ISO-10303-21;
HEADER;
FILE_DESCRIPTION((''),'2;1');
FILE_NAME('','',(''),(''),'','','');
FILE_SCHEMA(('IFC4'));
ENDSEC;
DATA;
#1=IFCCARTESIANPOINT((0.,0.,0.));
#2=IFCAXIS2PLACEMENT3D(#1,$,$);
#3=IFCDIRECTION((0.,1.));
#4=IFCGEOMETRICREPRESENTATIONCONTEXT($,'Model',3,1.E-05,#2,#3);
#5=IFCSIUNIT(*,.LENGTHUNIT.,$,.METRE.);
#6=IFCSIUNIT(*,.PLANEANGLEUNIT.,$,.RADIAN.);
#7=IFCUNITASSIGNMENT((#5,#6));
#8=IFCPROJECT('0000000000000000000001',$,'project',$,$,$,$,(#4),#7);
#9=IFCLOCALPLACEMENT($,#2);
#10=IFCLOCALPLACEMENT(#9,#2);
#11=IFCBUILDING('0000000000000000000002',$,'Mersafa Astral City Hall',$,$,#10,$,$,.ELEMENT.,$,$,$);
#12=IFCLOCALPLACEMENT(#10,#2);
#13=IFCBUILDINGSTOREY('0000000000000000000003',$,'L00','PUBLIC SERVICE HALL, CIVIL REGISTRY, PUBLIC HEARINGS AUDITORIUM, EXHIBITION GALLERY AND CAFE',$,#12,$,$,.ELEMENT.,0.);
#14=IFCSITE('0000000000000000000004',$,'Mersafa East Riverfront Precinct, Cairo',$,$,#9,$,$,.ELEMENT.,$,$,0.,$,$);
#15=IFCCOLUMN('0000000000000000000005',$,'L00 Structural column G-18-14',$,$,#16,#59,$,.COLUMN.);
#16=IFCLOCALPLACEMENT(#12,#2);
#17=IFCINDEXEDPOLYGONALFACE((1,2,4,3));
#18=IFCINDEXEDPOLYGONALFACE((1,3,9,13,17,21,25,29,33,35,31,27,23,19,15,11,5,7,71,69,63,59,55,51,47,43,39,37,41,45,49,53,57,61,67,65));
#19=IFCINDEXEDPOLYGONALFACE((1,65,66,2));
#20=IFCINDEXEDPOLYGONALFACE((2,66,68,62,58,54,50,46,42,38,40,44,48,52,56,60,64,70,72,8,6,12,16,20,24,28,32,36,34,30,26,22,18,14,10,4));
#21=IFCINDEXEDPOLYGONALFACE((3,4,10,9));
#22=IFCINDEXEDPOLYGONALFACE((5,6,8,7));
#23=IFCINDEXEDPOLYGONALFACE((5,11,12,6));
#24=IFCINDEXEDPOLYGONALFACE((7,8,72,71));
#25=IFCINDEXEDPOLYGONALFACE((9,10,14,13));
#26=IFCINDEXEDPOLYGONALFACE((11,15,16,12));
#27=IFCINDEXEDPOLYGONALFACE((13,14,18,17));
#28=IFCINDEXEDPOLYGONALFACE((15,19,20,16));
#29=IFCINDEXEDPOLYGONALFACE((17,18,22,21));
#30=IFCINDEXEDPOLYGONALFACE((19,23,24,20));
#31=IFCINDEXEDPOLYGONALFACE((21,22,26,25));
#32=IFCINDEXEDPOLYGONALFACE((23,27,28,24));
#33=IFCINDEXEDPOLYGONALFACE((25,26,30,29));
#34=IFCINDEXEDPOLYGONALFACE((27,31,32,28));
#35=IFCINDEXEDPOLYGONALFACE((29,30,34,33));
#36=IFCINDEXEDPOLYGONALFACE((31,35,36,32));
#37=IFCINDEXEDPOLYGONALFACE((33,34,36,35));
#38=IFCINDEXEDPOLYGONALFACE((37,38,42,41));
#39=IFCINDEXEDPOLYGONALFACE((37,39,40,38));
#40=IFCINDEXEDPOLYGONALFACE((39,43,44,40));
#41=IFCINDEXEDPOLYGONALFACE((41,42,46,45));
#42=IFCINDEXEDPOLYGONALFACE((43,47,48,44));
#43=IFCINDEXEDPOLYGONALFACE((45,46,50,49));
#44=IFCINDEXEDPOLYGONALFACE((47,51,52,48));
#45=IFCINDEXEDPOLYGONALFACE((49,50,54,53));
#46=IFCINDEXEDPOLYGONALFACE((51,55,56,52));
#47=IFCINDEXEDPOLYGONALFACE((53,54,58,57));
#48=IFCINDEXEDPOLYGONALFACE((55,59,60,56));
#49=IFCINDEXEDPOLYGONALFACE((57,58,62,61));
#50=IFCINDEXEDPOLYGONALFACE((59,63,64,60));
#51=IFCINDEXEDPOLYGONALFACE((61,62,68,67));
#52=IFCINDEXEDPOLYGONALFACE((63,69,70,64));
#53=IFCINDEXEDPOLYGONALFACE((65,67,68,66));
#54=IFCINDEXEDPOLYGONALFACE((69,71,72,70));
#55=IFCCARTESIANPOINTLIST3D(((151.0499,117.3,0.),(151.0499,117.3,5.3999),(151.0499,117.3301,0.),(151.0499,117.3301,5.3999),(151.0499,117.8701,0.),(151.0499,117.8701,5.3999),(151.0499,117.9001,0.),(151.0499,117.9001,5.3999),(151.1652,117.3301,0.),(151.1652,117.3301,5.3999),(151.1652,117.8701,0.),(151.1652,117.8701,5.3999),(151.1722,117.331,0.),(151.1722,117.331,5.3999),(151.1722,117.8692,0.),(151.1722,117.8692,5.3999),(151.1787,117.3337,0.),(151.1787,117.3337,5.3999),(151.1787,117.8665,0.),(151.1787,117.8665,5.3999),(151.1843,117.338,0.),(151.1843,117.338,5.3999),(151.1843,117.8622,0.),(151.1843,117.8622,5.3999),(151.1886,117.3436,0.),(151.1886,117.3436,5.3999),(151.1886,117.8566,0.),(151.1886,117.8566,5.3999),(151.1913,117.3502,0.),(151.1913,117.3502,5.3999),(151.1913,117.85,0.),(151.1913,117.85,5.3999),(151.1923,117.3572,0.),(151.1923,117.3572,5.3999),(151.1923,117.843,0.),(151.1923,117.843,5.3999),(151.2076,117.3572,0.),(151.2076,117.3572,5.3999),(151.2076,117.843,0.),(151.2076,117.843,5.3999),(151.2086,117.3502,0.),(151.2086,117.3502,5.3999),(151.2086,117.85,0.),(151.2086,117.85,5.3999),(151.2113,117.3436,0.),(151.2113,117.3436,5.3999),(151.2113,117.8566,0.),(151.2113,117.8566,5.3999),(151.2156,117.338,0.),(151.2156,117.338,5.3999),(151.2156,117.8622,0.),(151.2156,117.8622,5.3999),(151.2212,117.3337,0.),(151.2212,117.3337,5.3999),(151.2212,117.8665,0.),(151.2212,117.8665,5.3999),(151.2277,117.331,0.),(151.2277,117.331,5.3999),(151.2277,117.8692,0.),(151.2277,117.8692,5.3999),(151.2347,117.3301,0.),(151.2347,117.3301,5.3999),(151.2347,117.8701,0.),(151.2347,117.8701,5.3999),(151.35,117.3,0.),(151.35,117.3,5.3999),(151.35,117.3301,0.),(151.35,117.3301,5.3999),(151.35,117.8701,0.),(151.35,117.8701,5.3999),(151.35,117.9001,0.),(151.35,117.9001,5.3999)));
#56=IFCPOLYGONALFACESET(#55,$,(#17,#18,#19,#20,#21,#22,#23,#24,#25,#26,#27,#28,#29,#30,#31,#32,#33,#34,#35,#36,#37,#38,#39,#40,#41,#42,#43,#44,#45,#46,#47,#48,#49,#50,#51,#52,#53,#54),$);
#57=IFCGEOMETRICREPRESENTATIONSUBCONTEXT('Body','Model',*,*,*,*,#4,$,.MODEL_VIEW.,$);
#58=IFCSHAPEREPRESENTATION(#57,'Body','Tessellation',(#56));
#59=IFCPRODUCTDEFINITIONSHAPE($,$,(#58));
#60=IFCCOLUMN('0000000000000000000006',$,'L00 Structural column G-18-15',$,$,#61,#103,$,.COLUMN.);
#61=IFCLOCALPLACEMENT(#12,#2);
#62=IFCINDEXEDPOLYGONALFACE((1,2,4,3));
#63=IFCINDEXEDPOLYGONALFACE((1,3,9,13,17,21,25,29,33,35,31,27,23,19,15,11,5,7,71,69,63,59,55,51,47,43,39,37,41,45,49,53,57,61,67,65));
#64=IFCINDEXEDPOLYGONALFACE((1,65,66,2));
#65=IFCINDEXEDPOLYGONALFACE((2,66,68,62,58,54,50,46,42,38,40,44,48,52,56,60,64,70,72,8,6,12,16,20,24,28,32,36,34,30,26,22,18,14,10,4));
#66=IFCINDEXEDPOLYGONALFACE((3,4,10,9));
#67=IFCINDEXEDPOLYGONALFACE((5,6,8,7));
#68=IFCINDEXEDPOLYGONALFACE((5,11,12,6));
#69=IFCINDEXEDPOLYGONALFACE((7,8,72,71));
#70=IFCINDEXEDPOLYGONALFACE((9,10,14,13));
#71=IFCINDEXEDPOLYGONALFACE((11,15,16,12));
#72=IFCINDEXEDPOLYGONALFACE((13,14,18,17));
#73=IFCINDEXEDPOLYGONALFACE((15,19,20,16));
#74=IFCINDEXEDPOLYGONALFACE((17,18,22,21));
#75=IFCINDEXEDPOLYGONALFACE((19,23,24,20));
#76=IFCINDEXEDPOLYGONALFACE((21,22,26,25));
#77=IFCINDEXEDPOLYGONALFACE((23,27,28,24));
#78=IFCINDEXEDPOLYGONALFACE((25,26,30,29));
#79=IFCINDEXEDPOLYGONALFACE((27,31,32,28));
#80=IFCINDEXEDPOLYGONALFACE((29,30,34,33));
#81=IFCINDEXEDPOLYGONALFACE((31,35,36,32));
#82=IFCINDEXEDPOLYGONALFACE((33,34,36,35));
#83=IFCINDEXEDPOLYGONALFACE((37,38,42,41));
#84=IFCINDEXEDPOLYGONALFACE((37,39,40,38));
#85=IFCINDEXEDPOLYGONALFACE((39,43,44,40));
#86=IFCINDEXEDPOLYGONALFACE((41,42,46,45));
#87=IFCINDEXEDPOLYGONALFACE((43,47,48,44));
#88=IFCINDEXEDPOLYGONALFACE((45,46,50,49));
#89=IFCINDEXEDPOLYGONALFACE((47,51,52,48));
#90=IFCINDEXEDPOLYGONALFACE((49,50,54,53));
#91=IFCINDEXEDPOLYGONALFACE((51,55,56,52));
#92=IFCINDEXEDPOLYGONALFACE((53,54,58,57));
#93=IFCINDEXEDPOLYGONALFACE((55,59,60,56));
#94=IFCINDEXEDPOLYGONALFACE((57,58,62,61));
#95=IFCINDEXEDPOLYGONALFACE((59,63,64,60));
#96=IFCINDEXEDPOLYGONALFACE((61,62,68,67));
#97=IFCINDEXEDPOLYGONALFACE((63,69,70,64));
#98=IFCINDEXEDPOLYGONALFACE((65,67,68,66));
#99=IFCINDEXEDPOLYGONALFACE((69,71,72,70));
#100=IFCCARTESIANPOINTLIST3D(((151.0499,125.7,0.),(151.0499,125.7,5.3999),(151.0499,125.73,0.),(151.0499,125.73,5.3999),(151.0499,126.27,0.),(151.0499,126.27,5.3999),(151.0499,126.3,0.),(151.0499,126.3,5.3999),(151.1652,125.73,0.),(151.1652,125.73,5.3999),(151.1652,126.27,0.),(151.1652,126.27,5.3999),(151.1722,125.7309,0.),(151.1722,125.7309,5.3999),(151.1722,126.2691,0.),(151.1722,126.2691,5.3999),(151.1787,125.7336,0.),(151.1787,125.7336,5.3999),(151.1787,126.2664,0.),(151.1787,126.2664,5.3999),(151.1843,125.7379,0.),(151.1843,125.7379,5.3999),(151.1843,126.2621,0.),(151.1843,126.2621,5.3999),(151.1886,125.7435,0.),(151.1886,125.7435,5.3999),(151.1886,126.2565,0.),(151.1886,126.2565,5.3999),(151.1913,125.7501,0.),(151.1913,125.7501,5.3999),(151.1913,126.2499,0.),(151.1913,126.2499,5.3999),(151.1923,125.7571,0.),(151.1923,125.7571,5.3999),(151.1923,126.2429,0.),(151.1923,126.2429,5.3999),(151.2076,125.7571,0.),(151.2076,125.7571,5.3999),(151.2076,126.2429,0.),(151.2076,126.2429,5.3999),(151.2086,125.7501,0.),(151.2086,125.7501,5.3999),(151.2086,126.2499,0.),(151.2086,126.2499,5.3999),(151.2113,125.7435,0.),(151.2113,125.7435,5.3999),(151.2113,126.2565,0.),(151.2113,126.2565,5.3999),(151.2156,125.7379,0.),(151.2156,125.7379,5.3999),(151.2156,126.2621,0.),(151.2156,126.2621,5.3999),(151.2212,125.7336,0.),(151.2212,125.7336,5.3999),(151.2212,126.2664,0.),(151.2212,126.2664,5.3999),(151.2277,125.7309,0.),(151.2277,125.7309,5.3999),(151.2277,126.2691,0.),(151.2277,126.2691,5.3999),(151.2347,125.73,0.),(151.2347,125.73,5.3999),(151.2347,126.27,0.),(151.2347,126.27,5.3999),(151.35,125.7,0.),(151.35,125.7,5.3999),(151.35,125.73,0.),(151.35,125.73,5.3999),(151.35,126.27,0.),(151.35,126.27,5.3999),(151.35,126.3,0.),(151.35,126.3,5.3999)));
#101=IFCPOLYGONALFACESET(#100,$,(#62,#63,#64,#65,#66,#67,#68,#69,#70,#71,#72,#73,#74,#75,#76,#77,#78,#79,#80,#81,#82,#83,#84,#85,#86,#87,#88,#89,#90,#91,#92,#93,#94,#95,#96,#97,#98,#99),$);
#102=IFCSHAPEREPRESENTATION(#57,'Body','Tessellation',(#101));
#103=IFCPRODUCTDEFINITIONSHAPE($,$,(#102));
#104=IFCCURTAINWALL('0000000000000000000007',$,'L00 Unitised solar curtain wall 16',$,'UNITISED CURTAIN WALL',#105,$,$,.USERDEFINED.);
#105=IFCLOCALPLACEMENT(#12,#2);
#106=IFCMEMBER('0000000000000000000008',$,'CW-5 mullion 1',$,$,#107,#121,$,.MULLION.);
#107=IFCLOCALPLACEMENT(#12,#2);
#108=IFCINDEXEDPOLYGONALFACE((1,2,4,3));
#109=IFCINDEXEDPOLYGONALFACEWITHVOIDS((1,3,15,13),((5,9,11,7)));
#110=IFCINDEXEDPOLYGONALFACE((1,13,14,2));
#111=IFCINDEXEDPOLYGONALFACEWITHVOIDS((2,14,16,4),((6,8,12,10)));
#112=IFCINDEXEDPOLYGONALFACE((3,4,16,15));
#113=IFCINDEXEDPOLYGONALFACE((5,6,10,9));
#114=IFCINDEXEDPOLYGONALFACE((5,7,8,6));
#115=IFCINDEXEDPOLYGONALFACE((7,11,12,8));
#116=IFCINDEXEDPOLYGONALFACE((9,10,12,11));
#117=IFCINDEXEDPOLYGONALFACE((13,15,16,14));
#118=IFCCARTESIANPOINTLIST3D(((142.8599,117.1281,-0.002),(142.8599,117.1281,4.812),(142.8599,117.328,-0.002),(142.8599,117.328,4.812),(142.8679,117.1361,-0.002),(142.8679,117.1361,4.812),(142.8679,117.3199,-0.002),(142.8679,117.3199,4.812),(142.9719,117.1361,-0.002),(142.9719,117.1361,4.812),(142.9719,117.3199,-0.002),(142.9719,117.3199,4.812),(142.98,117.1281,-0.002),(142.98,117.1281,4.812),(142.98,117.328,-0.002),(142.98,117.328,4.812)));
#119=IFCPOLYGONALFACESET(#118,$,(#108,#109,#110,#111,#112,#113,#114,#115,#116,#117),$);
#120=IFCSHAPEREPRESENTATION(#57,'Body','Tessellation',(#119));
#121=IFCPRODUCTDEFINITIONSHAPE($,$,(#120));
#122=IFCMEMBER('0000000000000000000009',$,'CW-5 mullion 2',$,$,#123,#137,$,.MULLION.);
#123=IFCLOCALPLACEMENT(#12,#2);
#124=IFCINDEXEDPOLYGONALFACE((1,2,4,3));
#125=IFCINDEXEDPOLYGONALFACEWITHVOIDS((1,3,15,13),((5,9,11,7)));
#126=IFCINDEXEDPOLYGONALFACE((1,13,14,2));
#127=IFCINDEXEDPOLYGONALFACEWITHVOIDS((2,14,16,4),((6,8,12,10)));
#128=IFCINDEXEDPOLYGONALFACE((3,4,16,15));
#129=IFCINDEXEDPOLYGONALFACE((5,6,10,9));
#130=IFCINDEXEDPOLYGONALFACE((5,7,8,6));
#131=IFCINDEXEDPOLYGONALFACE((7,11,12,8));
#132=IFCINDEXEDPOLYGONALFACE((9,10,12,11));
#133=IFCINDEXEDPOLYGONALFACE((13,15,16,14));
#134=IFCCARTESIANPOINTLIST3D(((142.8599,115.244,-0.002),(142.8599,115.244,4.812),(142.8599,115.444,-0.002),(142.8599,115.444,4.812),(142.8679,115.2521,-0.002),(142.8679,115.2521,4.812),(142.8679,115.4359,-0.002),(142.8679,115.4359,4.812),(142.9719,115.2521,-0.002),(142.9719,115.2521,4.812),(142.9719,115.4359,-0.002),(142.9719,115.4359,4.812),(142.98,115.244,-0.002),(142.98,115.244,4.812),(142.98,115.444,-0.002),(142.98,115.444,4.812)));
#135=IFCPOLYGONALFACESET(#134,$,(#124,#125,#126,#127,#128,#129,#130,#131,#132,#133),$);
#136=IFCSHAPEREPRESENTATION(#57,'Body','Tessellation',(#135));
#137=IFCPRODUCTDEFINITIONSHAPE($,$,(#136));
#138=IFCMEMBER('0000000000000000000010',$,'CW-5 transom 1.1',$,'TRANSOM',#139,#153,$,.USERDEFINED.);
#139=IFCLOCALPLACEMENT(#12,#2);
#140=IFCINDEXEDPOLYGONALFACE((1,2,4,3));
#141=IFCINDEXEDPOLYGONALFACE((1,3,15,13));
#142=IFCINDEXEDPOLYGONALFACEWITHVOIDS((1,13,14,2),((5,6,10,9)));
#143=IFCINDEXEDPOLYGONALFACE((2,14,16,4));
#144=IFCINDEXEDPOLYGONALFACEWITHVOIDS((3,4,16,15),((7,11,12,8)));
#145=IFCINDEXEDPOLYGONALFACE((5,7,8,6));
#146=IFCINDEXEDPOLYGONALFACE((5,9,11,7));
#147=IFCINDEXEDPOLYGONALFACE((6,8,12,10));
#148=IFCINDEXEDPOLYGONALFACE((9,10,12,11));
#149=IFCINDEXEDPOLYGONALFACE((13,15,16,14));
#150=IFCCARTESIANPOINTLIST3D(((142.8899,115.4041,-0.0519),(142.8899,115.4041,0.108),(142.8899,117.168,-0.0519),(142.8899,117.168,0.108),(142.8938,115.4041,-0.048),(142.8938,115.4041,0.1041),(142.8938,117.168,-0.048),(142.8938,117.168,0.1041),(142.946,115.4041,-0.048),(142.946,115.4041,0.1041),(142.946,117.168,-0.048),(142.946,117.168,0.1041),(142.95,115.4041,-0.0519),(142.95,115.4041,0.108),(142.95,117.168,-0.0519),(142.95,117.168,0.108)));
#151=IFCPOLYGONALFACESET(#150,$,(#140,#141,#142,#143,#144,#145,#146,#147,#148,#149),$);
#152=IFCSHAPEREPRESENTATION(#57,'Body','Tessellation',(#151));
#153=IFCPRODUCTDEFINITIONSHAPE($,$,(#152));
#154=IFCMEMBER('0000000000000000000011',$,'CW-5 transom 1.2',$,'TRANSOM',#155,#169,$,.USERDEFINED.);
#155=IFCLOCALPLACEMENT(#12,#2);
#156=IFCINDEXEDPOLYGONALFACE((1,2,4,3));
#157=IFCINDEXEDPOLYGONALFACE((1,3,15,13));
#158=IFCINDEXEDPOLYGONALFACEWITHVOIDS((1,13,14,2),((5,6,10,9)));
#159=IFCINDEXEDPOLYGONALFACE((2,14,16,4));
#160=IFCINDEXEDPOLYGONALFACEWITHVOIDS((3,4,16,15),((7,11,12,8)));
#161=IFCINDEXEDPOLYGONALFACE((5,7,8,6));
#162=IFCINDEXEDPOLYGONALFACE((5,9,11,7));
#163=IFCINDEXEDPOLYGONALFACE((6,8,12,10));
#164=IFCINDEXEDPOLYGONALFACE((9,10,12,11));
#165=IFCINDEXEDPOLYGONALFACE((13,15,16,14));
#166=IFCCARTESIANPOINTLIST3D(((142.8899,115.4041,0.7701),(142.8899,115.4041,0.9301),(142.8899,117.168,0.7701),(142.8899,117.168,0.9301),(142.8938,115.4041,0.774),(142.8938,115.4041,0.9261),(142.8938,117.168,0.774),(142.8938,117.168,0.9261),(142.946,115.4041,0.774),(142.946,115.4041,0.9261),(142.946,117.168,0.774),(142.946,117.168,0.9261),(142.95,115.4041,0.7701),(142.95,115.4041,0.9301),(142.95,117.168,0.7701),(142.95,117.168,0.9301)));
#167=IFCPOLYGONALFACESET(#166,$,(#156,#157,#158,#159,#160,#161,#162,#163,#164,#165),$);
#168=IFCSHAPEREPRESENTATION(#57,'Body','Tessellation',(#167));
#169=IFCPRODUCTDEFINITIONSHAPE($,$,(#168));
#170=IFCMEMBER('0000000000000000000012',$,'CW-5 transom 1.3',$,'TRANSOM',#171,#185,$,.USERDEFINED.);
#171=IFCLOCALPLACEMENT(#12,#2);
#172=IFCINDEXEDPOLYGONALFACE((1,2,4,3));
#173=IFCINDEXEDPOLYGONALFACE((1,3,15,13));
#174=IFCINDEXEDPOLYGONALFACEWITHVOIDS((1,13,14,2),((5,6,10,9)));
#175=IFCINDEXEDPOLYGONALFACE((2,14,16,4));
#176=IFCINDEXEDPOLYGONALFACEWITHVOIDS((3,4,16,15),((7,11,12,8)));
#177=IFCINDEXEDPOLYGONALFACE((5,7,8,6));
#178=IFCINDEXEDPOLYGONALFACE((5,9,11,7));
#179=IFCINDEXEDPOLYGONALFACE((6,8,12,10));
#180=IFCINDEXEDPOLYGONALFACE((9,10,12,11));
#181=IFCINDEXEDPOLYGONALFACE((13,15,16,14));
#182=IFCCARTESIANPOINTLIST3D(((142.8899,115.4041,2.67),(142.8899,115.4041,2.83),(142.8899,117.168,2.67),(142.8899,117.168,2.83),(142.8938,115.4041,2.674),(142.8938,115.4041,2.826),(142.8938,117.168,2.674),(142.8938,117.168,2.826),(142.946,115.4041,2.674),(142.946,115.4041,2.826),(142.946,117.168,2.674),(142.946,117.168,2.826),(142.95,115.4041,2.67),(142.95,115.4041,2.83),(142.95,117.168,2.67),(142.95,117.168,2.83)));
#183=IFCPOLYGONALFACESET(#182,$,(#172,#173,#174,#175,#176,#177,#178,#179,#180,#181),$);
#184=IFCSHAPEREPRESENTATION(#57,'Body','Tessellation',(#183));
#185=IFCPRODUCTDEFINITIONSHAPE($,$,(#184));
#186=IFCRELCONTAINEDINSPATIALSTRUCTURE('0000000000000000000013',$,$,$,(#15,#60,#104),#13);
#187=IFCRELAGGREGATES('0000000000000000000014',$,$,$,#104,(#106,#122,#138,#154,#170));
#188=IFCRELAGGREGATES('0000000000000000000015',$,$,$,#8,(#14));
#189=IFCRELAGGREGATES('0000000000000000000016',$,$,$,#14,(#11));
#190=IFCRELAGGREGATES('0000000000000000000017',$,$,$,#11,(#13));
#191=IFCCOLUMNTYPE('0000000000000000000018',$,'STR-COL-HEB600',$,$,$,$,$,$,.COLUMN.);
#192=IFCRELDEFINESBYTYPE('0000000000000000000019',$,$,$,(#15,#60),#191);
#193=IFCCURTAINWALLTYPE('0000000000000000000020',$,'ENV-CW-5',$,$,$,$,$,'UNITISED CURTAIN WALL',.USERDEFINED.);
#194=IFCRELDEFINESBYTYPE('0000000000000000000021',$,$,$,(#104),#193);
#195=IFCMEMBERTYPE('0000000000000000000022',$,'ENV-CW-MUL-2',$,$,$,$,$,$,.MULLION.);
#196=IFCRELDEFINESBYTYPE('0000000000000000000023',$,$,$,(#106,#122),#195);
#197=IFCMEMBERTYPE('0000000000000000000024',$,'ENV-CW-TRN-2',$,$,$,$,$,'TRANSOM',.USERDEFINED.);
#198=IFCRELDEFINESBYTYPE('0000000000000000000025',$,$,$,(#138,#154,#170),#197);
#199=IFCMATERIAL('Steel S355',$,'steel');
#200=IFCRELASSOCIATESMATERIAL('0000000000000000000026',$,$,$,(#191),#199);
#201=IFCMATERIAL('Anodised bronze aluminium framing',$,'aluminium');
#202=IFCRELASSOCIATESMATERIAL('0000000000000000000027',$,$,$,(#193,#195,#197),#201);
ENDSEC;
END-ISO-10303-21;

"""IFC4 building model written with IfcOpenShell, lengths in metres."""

from ifc_helpers import new_model, si_unit, direction, frame, origin, origin_2d, place, context, subcontext, project, spatial, hollow_rectangle, i_section, extrude, material, material_profile, profile_set, type_object, element, aggregate, save


model = new_model("IFC4")

# Units and contexts
model_context = context("Model", 3, precision=1e-05, world=origin(), true_north=direction((0.0, 1.0)))
body_context = subcontext(model_context, "Body", "Model", "MODEL_VIEW")
ifc_project = project(units=[si_unit("LENGTHUNIT", "METRE"), si_unit("PLANEANGLEUNIT", "RADIAN")], contexts=[model_context])

# Site, building, storey
site_placement = place(None, origin())
site = spatial("IfcSite", under=ifc_project, at=site_placement, Name="Mersafa East Riverfront Precinct, Cairo", CompositionType="ELEMENT", RefElevation=0.0)
building_placement = place(site_placement, origin())
building = spatial("IfcBuilding", under=site, at=building_placement, Name="Mersafa Astral City Hall", CompositionType="ELEMENT")
storey_placement = place(building_placement, origin())
storey = spatial("IfcBuildingStorey", under=building, at=storey_placement, Name="L00", Description="PUBLIC SERVICE HALL, CIVIL REGISTRY, PUBLIC HEARINGS AUDITORIUM, EXHIBITION GALLERY AND CAFE", CompositionType="ELEMENT", Elevation=0.0)

# Columns
ifc_material_1 = material(Name="Steel S355", Category="steel")
ifc_material_profile_1 = material_profile(ifc_material_1, i_section(OverallWidth=0.3, OverallDepth=0.6001, WebThickness=0.0154, FlangeThickness=0.03, FilletRadius=0.0271, at=origin_2d()), Name="HEB 600")
ifc_profile_set_1 = profile_set([ifc_material_profile_1], Name="Steel S355")
column_type = type_object("IfcColumnType", Name="STR-COL-HEB600", PredefinedType="COLUMN", material=ifc_profile_set_1)
for number, where, z_axis, x_axis, name in (
    (1, (151.2, 117.6001, 0.0), (0.0, 0.0, 1.0), (1.0, 0.0, 0.0), "L00 Structural column G-18-14"),
    (2, (151.2, 126.0, 0.0), (0.0, 0.0, 1.0), (1.0, 0.0, 0.0), "L00 Structural column G-18-15"),
):
    element("IfcColumn", number, at=place(storey_placement, frame(where, z_axis=z_axis, x_axis=x_axis)), inside=storey, type_object=column_type, Name=name, PredefinedType="COLUMN", context=body_context, shape_type="SweptSolid", body=[
        extrude(i_section(OverallWidth=0.3, OverallDepth=0.6001, WebThickness=0.0154, FlangeThickness=0.03, FilletRadius=0.0271, at=origin_2d()), origin(), (0.0, 0.0, 1.0), 5.3999),
    ])

# Curtain wall, members
ifc_material_2 = material(Name="Anodised bronze aluminium framing", Category="aluminium")
curtain_wall_type = type_object("IfcCurtainWallType", Name="ENV-CW-5", ElementType="UNITISED CURTAIN WALL", PredefinedType="USERDEFINED", material=ifc_material_2)
curtain_wall_placement = place(storey_placement, origin())
curtain_wall = element("IfcCurtainWall", 3, at=curtain_wall_placement, inside=storey, type_object=curtain_wall_type, Name="L00 Unitised solar curtain wall 16", ObjectType="UNITISED CURTAIN WALL", PredefinedType="USERDEFINED")
ifc_material_profile_2 = material_profile(ifc_material_2, hollow_rectangle(XDim=0.1201, YDim=0.2, WallThickness=0.0081, at=origin_2d()), Name="RHS 120x200x8")
ifc_profile_set_2 = profile_set([ifc_material_profile_2], Name="Anodised bronze aluminium framing")
member_type_1 = type_object("IfcMemberType", Name="ENV-CW-MUL-2", PredefinedType="MULLION", material=ifc_profile_set_2)
member_1_placement = place(storey_placement, frame((142.9199, 117.228, -0.002), z_axis=(0.0, 0.0, 1.0), x_axis=(1.0, 0.0, 0.0)))
member_1 = element("IfcMember", 4, at=member_1_placement, type_object=member_type_1, Name="CW-5 mullion 1", PredefinedType="MULLION", context=body_context, shape_type="SweptSolid", body=[
    extrude(hollow_rectangle(XDim=0.1201, YDim=0.2, WallThickness=0.0081, at=origin_2d()), origin(), (0.0, 0.0, 1.0), 4.814),
])
member_2_placement = place(storey_placement, frame((142.9199, 115.344, -0.002), z_axis=(0.0, 0.0, 1.0), x_axis=(1.0, 0.0, 0.0)))
member_2 = element("IfcMember", 5, at=member_2_placement, type_object=member_type_1, Name="CW-5 mullion 2", PredefinedType="MULLION", context=body_context, shape_type="SweptSolid", body=[
    extrude(hollow_rectangle(XDim=0.1201, YDim=0.2, WallThickness=0.0081, at=origin_2d()), origin(), (0.0, 0.0, 1.0), 4.814),
])
ifc_material_profile_3 = material_profile(ifc_material_2, hollow_rectangle(XDim=0.0601, YDim=0.1599, WallThickness=0.0039, at=origin_2d()), Name="RHS 60x160x4")
ifc_profile_set_3 = profile_set([ifc_material_profile_3], Name="Anodised bronze aluminium framing")
member_type_2 = type_object("IfcMemberType", Name="ENV-CW-TRN-2", ElementType="TRANSOM", PredefinedType="USERDEFINED", material=ifc_profile_set_3)
member_3_placement = place(storey_placement, frame((142.9199, 117.168, 0.0281), z_axis=(0.0, -1.0, 0.0), x_axis=(1.0, 0.0, 0.0)))
member_3 = element("IfcMember", 6, at=member_3_placement, type_object=member_type_2, Name="CW-5 transom 1.1", ObjectType="TRANSOM", PredefinedType="USERDEFINED", context=body_context, shape_type="SweptSolid", body=[
    extrude(hollow_rectangle(XDim=0.0601, YDim=0.1599, WallThickness=0.0039, at=origin_2d()), origin(), (0.0, 0.0, 1.0), 1.7639),
])
member_4_placement = place(storey_placement, frame((142.9199, 117.168, 0.8501), z_axis=(0.0, -1.0, 0.0), x_axis=(1.0, 0.0, 0.0)))
member_4 = element("IfcMember", 7, at=member_4_placement, type_object=member_type_2, Name="CW-5 transom 1.2", ObjectType="TRANSOM", PredefinedType="USERDEFINED", context=body_context, shape_type="SweptSolid", body=[
    extrude(hollow_rectangle(XDim=0.0601, YDim=0.1599, WallThickness=0.0039, at=origin_2d()), origin(), (0.0, 0.0, 1.0), 1.7639),
])
member_5_placement = place(storey_placement, frame((142.9199, 117.168, 2.75), z_axis=(0.0, -1.0, 0.0), x_axis=(1.0, 0.0, 0.0)))
member_5 = element("IfcMember", 8, at=member_5_placement, type_object=member_type_2, Name="CW-5 transom 1.3", ObjectType="TRANSOM", PredefinedType="USERDEFINED", context=body_context, shape_type="SweptSolid", body=[
    extrude(hollow_rectangle(XDim=0.0601, YDim=0.1599, WallThickness=0.0039, at=origin_2d()), origin(), (0.0, 0.0, 1.0), 1.7639),
])

aggregate(curtain_wall, [member_1, member_2, member_3, member_4, member_5])

save(model, "model.ifc")
